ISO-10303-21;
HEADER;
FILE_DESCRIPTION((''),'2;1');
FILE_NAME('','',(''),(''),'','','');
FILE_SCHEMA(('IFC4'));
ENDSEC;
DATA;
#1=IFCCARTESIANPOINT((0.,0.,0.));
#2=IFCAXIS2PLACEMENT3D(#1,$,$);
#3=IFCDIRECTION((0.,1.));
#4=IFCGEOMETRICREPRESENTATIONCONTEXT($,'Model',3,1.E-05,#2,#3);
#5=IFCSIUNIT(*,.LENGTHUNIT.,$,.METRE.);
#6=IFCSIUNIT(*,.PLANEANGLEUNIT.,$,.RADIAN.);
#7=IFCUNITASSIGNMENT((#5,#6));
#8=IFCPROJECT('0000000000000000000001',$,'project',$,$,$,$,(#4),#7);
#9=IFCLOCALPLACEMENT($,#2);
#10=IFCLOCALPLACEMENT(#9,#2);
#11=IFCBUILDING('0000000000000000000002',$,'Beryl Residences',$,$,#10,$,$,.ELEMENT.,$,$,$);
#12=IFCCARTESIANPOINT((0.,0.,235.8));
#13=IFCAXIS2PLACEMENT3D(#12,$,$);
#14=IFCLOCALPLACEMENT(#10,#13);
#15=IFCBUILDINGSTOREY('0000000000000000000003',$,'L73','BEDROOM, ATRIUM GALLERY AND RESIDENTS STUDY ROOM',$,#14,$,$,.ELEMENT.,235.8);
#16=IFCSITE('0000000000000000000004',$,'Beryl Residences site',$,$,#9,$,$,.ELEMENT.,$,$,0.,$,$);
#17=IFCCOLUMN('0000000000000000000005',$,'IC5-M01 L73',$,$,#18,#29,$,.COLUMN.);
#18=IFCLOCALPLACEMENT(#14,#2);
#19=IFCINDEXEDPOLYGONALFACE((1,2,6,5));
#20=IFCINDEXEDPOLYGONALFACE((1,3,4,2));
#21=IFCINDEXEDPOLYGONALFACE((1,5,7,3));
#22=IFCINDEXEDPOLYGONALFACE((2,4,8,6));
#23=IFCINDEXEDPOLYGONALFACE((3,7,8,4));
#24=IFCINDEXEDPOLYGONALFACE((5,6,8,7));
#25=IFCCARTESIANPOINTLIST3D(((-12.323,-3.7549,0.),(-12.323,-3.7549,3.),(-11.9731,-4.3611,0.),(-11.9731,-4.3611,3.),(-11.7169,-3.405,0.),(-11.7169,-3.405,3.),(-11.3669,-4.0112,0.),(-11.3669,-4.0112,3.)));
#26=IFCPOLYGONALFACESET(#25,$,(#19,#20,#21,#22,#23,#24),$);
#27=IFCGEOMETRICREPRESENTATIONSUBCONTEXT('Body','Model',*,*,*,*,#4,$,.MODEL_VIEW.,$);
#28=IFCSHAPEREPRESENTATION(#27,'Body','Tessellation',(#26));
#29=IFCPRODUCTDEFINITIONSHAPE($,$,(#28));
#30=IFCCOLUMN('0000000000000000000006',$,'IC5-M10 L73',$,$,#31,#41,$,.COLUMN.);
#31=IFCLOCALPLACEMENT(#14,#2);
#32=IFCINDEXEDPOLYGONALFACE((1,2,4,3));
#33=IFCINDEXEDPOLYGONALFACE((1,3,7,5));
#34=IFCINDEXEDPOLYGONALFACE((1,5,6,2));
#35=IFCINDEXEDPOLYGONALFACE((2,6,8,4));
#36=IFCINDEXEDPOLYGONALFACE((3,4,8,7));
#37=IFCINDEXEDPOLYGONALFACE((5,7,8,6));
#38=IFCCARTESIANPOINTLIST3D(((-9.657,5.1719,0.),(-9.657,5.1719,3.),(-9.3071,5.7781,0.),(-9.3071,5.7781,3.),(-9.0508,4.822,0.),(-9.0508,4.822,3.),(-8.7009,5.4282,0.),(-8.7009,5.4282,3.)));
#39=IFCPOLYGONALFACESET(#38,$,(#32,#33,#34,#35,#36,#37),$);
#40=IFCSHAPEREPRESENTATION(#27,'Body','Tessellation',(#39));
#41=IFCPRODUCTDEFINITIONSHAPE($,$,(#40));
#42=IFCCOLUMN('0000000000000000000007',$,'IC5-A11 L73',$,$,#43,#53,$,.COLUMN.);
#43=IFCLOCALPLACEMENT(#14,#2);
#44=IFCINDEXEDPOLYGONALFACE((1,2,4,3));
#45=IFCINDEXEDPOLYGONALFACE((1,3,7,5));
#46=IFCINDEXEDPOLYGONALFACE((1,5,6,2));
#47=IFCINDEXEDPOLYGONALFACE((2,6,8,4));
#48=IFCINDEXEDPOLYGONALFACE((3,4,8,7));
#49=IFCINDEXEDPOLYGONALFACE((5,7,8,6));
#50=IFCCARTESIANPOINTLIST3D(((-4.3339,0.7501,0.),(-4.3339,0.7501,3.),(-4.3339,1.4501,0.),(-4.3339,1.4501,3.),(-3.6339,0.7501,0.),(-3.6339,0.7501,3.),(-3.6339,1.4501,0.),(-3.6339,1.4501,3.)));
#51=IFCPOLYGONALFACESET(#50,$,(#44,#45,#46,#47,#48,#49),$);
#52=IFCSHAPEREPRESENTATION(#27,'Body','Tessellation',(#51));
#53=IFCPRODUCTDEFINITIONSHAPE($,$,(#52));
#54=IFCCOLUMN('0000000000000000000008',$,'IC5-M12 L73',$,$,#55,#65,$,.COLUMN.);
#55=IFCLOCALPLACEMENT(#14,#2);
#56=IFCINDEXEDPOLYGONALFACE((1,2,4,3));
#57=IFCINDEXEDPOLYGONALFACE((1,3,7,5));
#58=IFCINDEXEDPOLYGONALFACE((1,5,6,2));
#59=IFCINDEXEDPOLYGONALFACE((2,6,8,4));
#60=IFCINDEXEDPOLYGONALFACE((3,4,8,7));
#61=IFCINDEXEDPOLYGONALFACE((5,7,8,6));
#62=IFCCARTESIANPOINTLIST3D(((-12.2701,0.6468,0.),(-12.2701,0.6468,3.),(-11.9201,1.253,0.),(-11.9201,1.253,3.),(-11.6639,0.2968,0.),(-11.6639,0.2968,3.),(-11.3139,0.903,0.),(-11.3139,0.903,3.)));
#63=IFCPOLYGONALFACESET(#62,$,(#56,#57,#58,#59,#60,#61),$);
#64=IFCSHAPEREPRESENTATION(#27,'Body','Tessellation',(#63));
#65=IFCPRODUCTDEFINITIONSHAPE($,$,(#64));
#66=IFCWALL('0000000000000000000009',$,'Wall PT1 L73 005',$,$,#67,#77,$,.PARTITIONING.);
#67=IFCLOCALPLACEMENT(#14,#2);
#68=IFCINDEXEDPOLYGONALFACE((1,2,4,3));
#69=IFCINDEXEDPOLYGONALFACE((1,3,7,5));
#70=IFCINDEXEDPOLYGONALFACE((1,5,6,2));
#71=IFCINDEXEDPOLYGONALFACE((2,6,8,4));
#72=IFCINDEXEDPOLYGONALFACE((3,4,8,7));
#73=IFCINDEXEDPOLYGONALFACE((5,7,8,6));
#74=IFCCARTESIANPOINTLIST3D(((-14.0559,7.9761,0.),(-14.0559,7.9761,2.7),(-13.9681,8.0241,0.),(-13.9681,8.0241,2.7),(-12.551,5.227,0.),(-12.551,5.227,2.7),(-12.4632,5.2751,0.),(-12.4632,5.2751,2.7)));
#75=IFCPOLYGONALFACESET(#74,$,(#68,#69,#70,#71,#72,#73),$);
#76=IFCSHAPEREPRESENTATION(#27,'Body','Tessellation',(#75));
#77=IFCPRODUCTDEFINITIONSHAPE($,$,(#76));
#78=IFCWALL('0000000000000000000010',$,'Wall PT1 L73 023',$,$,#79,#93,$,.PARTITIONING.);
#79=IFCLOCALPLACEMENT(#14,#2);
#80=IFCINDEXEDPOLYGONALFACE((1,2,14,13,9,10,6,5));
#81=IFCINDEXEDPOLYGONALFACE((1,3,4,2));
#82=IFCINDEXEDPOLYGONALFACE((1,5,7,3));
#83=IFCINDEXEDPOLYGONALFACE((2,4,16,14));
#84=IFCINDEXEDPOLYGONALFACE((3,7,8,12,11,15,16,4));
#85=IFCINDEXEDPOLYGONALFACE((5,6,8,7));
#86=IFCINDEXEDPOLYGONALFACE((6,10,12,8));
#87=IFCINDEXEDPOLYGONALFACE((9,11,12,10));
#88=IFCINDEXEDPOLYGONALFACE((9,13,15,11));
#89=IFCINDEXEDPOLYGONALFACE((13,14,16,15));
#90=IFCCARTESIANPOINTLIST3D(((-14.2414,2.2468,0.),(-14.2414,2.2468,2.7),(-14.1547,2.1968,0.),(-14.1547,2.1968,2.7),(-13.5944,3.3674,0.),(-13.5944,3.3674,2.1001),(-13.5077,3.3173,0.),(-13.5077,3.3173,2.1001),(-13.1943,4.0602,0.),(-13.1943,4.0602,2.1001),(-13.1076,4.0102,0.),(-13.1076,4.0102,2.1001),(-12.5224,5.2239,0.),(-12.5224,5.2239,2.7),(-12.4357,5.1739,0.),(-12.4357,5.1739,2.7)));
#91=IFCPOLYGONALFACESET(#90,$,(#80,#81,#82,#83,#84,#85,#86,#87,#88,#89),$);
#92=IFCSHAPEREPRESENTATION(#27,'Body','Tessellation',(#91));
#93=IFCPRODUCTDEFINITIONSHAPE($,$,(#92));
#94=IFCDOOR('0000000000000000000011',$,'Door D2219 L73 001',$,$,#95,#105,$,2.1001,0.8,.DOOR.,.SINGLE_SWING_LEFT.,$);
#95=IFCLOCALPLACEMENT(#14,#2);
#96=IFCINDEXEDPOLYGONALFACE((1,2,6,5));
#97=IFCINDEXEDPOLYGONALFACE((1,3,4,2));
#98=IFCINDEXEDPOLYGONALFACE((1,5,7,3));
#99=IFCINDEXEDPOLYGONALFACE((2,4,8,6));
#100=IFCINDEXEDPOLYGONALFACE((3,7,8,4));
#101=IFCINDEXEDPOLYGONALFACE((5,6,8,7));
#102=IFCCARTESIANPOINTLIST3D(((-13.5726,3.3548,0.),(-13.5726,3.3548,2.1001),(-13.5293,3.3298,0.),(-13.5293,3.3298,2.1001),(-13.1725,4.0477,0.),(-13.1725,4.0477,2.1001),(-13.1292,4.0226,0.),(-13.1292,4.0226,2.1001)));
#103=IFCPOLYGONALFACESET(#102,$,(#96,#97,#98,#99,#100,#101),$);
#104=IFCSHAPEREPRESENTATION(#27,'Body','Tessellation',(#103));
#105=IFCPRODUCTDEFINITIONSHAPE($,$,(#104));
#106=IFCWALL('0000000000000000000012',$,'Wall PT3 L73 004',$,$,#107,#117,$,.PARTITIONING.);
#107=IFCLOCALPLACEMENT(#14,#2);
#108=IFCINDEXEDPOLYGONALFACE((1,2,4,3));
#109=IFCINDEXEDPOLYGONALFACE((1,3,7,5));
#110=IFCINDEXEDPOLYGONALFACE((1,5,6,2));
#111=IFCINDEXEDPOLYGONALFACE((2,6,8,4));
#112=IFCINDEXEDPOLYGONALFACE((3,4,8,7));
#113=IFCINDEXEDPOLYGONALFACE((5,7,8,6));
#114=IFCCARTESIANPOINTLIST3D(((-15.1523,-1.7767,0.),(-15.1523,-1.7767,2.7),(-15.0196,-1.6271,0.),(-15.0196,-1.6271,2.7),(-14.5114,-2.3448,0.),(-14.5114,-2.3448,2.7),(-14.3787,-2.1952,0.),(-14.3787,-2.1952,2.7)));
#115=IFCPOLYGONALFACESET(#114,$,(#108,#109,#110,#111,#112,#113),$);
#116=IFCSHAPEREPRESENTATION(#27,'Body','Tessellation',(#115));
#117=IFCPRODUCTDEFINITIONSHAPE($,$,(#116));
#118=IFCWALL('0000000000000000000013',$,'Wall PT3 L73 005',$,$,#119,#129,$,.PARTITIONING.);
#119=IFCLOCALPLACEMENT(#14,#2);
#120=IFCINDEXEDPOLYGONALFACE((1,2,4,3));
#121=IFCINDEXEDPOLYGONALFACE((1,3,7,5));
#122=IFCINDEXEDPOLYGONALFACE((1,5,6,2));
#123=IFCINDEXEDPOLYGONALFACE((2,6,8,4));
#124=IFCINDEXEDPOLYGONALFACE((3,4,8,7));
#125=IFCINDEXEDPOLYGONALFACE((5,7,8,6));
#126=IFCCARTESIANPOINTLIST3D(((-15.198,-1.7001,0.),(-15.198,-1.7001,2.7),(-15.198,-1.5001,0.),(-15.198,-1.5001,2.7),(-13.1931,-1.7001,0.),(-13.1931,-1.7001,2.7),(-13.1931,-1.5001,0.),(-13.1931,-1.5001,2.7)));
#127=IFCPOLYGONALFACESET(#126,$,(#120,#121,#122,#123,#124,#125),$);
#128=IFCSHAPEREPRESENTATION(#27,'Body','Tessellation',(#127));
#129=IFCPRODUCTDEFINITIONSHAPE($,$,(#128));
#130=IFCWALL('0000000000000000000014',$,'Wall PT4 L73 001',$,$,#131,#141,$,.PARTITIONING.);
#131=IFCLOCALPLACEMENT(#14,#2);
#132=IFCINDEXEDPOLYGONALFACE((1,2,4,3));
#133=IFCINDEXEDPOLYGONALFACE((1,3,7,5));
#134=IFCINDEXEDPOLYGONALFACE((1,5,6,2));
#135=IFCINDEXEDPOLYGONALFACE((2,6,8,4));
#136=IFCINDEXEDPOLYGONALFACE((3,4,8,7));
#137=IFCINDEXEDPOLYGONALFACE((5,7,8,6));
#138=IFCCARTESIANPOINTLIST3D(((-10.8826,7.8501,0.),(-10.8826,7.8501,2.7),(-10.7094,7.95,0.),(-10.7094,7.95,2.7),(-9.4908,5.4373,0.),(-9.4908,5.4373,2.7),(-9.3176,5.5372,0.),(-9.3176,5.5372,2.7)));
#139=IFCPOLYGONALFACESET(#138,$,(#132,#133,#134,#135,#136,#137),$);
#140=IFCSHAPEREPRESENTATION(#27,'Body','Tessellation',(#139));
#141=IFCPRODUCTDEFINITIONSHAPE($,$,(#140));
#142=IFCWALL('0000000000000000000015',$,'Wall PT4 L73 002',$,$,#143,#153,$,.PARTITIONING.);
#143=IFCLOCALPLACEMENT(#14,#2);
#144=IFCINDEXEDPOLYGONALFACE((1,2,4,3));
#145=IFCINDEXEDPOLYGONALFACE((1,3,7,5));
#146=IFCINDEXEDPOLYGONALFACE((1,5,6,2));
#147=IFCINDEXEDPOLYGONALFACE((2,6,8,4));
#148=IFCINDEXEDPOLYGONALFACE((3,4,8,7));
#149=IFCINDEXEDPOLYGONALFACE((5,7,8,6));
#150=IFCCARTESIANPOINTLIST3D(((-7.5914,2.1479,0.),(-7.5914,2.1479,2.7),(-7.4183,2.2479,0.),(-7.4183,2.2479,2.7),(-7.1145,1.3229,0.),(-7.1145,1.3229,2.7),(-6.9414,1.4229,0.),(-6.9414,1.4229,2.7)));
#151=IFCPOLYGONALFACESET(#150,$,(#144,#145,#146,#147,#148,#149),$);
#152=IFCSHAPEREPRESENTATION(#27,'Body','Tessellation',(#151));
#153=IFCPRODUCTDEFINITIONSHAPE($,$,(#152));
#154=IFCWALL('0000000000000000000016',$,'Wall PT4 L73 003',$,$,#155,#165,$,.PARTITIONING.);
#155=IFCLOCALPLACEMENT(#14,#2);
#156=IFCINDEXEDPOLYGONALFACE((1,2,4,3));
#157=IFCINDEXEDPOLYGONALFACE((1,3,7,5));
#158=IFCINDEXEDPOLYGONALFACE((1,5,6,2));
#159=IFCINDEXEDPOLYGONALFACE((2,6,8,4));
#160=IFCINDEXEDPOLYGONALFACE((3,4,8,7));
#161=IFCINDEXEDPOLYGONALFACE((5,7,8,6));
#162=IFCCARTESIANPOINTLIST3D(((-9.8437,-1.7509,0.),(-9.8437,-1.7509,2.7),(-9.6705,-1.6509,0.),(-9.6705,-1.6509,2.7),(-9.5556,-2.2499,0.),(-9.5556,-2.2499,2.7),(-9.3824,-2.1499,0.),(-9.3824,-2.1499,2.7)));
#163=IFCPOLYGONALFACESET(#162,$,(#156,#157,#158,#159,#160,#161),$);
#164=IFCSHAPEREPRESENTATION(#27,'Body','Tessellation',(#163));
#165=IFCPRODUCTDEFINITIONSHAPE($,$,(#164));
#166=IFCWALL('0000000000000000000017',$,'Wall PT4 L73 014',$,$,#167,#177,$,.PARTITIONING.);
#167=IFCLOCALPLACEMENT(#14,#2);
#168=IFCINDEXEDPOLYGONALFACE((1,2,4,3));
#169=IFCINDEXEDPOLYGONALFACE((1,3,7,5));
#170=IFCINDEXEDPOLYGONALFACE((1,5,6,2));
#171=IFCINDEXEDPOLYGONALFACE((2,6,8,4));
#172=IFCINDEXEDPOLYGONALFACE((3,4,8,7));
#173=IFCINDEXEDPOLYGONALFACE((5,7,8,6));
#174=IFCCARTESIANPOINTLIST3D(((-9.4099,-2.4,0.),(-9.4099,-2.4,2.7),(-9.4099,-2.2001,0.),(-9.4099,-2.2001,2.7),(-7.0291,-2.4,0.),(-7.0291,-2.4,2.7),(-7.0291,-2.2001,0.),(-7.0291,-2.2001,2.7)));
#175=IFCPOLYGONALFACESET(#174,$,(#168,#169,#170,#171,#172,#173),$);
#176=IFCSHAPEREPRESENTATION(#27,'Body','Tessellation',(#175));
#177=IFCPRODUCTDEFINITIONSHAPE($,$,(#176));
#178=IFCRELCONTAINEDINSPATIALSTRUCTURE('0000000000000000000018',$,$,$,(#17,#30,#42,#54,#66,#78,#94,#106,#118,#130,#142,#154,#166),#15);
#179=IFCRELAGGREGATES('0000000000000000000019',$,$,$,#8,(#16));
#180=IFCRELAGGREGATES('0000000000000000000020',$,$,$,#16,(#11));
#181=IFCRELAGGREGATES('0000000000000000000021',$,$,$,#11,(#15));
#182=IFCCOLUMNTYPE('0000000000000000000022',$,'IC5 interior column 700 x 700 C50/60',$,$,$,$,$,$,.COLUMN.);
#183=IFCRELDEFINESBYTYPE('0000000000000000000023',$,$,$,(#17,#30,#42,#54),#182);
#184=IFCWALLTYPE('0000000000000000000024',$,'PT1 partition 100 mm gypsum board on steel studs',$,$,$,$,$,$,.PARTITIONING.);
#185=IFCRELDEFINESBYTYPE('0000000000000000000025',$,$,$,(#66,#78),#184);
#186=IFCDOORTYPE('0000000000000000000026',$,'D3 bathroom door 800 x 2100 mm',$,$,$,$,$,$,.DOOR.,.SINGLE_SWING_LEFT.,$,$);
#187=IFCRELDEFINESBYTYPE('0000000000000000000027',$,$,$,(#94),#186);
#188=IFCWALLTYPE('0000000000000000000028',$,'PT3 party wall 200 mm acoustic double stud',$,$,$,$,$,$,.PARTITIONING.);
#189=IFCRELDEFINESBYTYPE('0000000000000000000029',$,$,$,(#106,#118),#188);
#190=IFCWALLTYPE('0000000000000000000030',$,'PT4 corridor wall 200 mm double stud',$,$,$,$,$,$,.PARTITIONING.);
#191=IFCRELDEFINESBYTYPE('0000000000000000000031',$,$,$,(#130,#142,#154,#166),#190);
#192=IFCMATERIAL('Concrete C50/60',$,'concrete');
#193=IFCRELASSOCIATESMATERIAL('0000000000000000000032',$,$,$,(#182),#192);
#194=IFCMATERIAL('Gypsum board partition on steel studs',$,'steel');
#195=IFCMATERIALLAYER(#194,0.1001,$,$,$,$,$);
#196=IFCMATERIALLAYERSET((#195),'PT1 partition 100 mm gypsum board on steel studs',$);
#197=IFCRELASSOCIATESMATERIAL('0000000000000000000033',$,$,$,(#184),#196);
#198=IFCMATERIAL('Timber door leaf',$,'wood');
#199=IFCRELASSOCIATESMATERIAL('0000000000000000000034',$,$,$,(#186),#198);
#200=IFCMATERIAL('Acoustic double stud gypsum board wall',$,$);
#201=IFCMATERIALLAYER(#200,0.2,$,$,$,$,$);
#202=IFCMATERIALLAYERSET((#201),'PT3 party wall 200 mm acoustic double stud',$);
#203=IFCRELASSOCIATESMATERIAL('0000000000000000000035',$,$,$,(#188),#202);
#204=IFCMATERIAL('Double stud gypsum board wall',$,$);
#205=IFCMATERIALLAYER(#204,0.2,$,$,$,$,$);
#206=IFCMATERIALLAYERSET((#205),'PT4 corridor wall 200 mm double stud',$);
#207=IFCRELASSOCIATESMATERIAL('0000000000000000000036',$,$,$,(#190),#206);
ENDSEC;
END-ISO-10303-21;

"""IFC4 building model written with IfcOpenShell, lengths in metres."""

from ifc_helpers import new_model, si_unit, direction, frame, frame_2d, origin, origin_2d, place, context, subcontext, project, spatial, rectangle, extrude, material, layer, layer_set, material_profile, profile_set, type_object, element, fill, save


model = new_model("IFC4")

# Units and contexts
model_context = context("Model", 3, precision=1e-05, world=origin(), true_north=direction((0.0, 1.0)))
body_context = subcontext(model_context, "Body", "Model", "MODEL_VIEW")
ifc_project = project(units=[si_unit("LENGTHUNIT", "METRE"), si_unit("PLANEANGLEUNIT", "RADIAN")], contexts=[model_context])

# Site, building, storey
site_placement = place(None, origin())
site = spatial("IfcSite", under=ifc_project, at=site_placement, Name="Beryl Residences site", CompositionType="ELEMENT", RefElevation=0.0)
building_placement = place(site_placement, origin())
building = spatial("IfcBuilding", under=site, at=building_placement, Name="Beryl Residences", CompositionType="ELEMENT")
storey_placement = place(building_placement, frame((0.0, 0.0, 235.8)))
storey = spatial("IfcBuildingStorey", under=building, at=storey_placement, Name="L73", Description="BEDROOM, ATRIUM GALLERY AND RESIDENTS STUDY ROOM", CompositionType="ELEMENT", Elevation=235.8)

# Columns
ifc_material_1 = material(Name="Concrete C50/60", Category="concrete")
ifc_material_profile = material_profile(ifc_material_1, rectangle(XDim=0.7, YDim=0.7, at=origin_2d()))
ifc_profile_set = profile_set([ifc_material_profile], Name="Concrete C50/60")
column_type = type_object("IfcColumnType", Name="IC5 interior column 700 x 700 C50/60", PredefinedType="COLUMN", material=ifc_profile_set)
for number, where, z_axis, x_axis, name in (
    (1, (-11.845, -3.8831, 0.0), (0.0, 0.0, 1.0), (0.499985, -0.866034, 0.0), "IC5-M01 L73"),
    (2, (-9.179, 5.3, 0.0), (0.0, 0.0, 1.0), (-0.49997, -0.866043, 0.0), "IC5-M10 L73"),
    (3, (-3.9839, 1.1001, 0.0), (0.0, 0.0, 1.0), (1.0, 0.0, 0.0), "IC5-A11 L73"),
    (4, (-11.792, 0.7749, 0.0), (0.0, 0.0, 1.0), (-0.49997, -0.866043, 0.0), "IC5-M12 L73"),
):
    element("IfcColumn", number, at=place(storey_placement, frame(where, z_axis=z_axis, x_axis=x_axis)), inside=storey, type_object=column_type, Name=name, PredefinedType="COLUMN", context=body_context, shape_type="SweptSolid", body=[
        extrude(rectangle(XDim=0.7, YDim=0.7, at=origin_2d()), origin(), (0.0, 0.0, 1.0), 3.0),
    ])

# Wall
ifc_material_2 = material(Name="Gypsum board partition on steel studs", Category="steel")
ifc_layer_1 = layer(ifc_material_2, 0.1001)
ifc_layer_set_1 = layer_set([ifc_layer_1], Name="PT1 partition 100 mm gypsum board on steel studs")
wall_type_1 = type_object("IfcWallType", Name="PT1 partition 100 mm gypsum board on steel studs", PredefinedType="PARTITIONING", material=ifc_layer_set_1)
wall_1_placement = place(storey_placement, frame((-14.012, 8.0, 0.0), z_axis=(0.0, 0.0, 1.0), x_axis=(0.480183, -0.877168, 0.0)))
element("IfcWall", 5, at=wall_1_placement, inside=storey, type_object=wall_type_1, Name="Wall PT1 L73 005", PredefinedType="PARTITIONING", context=body_context, shape_type="SweptSolid", body=[
    extrude(rectangle(XDim=3.134, YDim=0.1001, at=frame_2d((1.5669, 0.0))), origin(), (0.0, 0.0, 1.0), 2.7),
])

# Wall, opening, door
wall_2_placement = place(storey_placement, frame((-14.198, 2.2219, 0.0), z_axis=(0.0, 0.0, 1.0), x_axis=(0.500042, 0.866001, 0.0)))
wall_2 = element("IfcWall", 6, at=wall_2_placement, inside=storey, type_object=wall_type_1, Name="Wall PT1 L73 023", PredefinedType="PARTITIONING", context=body_context, shape_type="SweptSolid", body=[
    extrude(rectangle(XDim=3.4377, YDim=0.1001, at=frame_2d((1.7188, 0.0))), origin(), (0.0, 0.0, 1.0), 2.7),
])
opening_1_placement = place(wall_2_placement, frame((1.2939, 0.0, 0.0)))
opening_1 = element("IfcOpeningElement", 7, at=opening_1_placement, cuts=wall_2, PredefinedType="OPENING", context=body_context, shape_type="SweptSolid", body=[
    extrude(rectangle(XDim=0.8, YDim=2.1001, at=frame_2d((0.3999, 1.05))), frame((0.0, 0.0601, 0.0), z_axis=(0.0, -1.0, 0.0), x_axis=(1.0, 0.0, 0.0)), (0.0, 0.0, 1.0), 0.1201),
])
ifc_material_3 = material(Name="Timber door leaf", Category="wood")
door_type_1 = type_object("IfcDoorType", Name="D3 bathroom door 800 x 2100 mm", OperationType="SINGLE_SWING_LEFT", PredefinedType="DOOR", material=ifc_material_3)
door_1_placement = place(opening_1_placement, origin())
door_1 = element("IfcDoor", 8, at=door_1_placement, inside=storey, type_object=door_type_1, Name="Door D2219 L73 001", OperationType="SINGLE_SWING_LEFT", OverallHeight=2.1001, OverallWidth=0.8, PredefinedType="DOOR", context=body_context, shape_type="SweptSolid", body=[
    extrude(rectangle(XDim=0.8, YDim=2.1001, at=frame_2d((0.3999, 1.05))), frame((0.0, 0.0249, 0.0), z_axis=(0.0, -1.0, 0.0), x_axis=(1.0, 0.0, 0.0)), (0.0, 0.0, 1.0), 0.05),
])
fill(opening_1, door_1)

# Walls
ifc_material_4 = material(Name="Acoustic double stud gypsum board wall")
ifc_layer_2 = layer(ifc_material_4, 0.2)
ifc_layer_set_2 = layer_set([ifc_layer_2], Name="PT3 party wall 200 mm acoustic double stud")
wall_type_2 = type_object("IfcWallType", Name="PT3 party wall 200 mm acoustic double stud", PredefinedType="PARTITIONING", material=ifc_layer_set_2)
wall_3_placement = place(storey_placement, frame((-15.0859, -1.7019, 0.0), z_axis=(0.0, 0.0, 1.0), x_axis=(0.748305, -0.663355, 0.0)))
element("IfcWall", 9, at=wall_3_placement, inside=storey, type_object=wall_type_2, Name="Wall PT3 L73 004", PredefinedType="PARTITIONING", context=body_context, shape_type="SweptSolid", body=[
    extrude(rectangle(XDim=0.8564, YDim=0.2, at=frame_2d((0.4282, 0.0))), origin(), (0.0, 0.0, 1.0), 2.7),
])
wall_4_placement = place(storey_placement, frame((-15.198, -1.6001, 0.0), z_axis=(0.0, 0.0, 1.0), x_axis=(1.0, 0.0, 0.0)))
element("IfcWall", 10, at=wall_4_placement, inside=storey, type_object=wall_type_2, Name="Wall PT3 L73 005", PredefinedType="PARTITIONING", context=body_context, shape_type="SweptSolid", body=[
    extrude(rectangle(XDim=2.0049, YDim=0.2, at=frame_2d((1.0024, 0.0))), origin(), (0.0, 0.0, 1.0), 2.7),
])
ifc_material_5 = material(Name="Double stud gypsum board wall")
ifc_layer_3 = layer(ifc_material_5, 0.2)
ifc_layer_set_3 = layer_set([ifc_layer_3], Name="PT4 corridor wall 200 mm double stud")
wall_type_3 = type_object("IfcWallType", Name="PT4 corridor wall 200 mm double stud", PredefinedType="PARTITIONING", material=ifc_layer_set_3)
wall_5_placement = place(storey_placement, frame((-10.7959, 7.8999, 0.0), z_axis=(0.0, 0.0, 1.0), x_axis=(0.499674, -0.866213, 0.0)))
element("IfcWall", 11, at=wall_5_placement, inside=storey, type_object=wall_type_3, Name="Wall PT4 L73 001", PredefinedType="PARTITIONING", context=body_context, shape_type="SweptSolid", body=[
    extrude(rectangle(XDim=2.7854, YDim=0.2, at=frame_2d((1.3926, 0.0))), origin(), (0.0, 0.0, 1.0), 2.7),
])
wall_6_placement = place(storey_placement, frame((-7.5049, 2.198, 0.0), z_axis=(0.0, 0.0, 1.0), x_axis=(0.50041, -0.865789, 0.0)))
element("IfcWall", 12, at=wall_6_placement, inside=storey, type_object=wall_type_3, Name="Wall PT4 L73 002", PredefinedType="PARTITIONING", context=body_context, shape_type="SweptSolid", body=[
    extrude(rectangle(XDim=0.9529, YDim=0.2, at=frame_2d((0.4766, 0.0))), origin(), (0.0, 0.0, 1.0), 2.7),
])
wall_7_placement = place(storey_placement, frame((-9.7571, -1.7009, 0.0), z_axis=(0.0, 0.0, 1.0), x_axis=(0.499967, -0.866044, 0.0)))
element("IfcWall", 13, at=wall_7_placement, inside=storey, type_object=wall_type_3, Name="Wall PT4 L73 003", PredefinedType="PARTITIONING", context=body_context, shape_type="SweptSolid", body=[
    extrude(rectangle(XDim=0.5762, YDim=0.2, at=frame_2d((0.2881, 0.0))), origin(), (0.0, 0.0, 1.0), 2.7),
])
wall_8_placement = place(storey_placement, frame((-9.4099, -2.3, 0.0), z_axis=(0.0, 0.0, 1.0), x_axis=(1.0, 0.0, 0.0)))
element("IfcWall", 14, at=wall_8_placement, inside=storey, type_object=wall_type_3, Name="Wall PT4 L73 014", PredefinedType="PARTITIONING", context=body_context, shape_type="SweptSolid", body=[
    extrude(rectangle(XDim=2.3809, YDim=0.2, at=frame_2d((1.1904, 0.0))), origin(), (0.0, 0.0, 1.0), 2.7),
])

save(model, "model.ifc")
